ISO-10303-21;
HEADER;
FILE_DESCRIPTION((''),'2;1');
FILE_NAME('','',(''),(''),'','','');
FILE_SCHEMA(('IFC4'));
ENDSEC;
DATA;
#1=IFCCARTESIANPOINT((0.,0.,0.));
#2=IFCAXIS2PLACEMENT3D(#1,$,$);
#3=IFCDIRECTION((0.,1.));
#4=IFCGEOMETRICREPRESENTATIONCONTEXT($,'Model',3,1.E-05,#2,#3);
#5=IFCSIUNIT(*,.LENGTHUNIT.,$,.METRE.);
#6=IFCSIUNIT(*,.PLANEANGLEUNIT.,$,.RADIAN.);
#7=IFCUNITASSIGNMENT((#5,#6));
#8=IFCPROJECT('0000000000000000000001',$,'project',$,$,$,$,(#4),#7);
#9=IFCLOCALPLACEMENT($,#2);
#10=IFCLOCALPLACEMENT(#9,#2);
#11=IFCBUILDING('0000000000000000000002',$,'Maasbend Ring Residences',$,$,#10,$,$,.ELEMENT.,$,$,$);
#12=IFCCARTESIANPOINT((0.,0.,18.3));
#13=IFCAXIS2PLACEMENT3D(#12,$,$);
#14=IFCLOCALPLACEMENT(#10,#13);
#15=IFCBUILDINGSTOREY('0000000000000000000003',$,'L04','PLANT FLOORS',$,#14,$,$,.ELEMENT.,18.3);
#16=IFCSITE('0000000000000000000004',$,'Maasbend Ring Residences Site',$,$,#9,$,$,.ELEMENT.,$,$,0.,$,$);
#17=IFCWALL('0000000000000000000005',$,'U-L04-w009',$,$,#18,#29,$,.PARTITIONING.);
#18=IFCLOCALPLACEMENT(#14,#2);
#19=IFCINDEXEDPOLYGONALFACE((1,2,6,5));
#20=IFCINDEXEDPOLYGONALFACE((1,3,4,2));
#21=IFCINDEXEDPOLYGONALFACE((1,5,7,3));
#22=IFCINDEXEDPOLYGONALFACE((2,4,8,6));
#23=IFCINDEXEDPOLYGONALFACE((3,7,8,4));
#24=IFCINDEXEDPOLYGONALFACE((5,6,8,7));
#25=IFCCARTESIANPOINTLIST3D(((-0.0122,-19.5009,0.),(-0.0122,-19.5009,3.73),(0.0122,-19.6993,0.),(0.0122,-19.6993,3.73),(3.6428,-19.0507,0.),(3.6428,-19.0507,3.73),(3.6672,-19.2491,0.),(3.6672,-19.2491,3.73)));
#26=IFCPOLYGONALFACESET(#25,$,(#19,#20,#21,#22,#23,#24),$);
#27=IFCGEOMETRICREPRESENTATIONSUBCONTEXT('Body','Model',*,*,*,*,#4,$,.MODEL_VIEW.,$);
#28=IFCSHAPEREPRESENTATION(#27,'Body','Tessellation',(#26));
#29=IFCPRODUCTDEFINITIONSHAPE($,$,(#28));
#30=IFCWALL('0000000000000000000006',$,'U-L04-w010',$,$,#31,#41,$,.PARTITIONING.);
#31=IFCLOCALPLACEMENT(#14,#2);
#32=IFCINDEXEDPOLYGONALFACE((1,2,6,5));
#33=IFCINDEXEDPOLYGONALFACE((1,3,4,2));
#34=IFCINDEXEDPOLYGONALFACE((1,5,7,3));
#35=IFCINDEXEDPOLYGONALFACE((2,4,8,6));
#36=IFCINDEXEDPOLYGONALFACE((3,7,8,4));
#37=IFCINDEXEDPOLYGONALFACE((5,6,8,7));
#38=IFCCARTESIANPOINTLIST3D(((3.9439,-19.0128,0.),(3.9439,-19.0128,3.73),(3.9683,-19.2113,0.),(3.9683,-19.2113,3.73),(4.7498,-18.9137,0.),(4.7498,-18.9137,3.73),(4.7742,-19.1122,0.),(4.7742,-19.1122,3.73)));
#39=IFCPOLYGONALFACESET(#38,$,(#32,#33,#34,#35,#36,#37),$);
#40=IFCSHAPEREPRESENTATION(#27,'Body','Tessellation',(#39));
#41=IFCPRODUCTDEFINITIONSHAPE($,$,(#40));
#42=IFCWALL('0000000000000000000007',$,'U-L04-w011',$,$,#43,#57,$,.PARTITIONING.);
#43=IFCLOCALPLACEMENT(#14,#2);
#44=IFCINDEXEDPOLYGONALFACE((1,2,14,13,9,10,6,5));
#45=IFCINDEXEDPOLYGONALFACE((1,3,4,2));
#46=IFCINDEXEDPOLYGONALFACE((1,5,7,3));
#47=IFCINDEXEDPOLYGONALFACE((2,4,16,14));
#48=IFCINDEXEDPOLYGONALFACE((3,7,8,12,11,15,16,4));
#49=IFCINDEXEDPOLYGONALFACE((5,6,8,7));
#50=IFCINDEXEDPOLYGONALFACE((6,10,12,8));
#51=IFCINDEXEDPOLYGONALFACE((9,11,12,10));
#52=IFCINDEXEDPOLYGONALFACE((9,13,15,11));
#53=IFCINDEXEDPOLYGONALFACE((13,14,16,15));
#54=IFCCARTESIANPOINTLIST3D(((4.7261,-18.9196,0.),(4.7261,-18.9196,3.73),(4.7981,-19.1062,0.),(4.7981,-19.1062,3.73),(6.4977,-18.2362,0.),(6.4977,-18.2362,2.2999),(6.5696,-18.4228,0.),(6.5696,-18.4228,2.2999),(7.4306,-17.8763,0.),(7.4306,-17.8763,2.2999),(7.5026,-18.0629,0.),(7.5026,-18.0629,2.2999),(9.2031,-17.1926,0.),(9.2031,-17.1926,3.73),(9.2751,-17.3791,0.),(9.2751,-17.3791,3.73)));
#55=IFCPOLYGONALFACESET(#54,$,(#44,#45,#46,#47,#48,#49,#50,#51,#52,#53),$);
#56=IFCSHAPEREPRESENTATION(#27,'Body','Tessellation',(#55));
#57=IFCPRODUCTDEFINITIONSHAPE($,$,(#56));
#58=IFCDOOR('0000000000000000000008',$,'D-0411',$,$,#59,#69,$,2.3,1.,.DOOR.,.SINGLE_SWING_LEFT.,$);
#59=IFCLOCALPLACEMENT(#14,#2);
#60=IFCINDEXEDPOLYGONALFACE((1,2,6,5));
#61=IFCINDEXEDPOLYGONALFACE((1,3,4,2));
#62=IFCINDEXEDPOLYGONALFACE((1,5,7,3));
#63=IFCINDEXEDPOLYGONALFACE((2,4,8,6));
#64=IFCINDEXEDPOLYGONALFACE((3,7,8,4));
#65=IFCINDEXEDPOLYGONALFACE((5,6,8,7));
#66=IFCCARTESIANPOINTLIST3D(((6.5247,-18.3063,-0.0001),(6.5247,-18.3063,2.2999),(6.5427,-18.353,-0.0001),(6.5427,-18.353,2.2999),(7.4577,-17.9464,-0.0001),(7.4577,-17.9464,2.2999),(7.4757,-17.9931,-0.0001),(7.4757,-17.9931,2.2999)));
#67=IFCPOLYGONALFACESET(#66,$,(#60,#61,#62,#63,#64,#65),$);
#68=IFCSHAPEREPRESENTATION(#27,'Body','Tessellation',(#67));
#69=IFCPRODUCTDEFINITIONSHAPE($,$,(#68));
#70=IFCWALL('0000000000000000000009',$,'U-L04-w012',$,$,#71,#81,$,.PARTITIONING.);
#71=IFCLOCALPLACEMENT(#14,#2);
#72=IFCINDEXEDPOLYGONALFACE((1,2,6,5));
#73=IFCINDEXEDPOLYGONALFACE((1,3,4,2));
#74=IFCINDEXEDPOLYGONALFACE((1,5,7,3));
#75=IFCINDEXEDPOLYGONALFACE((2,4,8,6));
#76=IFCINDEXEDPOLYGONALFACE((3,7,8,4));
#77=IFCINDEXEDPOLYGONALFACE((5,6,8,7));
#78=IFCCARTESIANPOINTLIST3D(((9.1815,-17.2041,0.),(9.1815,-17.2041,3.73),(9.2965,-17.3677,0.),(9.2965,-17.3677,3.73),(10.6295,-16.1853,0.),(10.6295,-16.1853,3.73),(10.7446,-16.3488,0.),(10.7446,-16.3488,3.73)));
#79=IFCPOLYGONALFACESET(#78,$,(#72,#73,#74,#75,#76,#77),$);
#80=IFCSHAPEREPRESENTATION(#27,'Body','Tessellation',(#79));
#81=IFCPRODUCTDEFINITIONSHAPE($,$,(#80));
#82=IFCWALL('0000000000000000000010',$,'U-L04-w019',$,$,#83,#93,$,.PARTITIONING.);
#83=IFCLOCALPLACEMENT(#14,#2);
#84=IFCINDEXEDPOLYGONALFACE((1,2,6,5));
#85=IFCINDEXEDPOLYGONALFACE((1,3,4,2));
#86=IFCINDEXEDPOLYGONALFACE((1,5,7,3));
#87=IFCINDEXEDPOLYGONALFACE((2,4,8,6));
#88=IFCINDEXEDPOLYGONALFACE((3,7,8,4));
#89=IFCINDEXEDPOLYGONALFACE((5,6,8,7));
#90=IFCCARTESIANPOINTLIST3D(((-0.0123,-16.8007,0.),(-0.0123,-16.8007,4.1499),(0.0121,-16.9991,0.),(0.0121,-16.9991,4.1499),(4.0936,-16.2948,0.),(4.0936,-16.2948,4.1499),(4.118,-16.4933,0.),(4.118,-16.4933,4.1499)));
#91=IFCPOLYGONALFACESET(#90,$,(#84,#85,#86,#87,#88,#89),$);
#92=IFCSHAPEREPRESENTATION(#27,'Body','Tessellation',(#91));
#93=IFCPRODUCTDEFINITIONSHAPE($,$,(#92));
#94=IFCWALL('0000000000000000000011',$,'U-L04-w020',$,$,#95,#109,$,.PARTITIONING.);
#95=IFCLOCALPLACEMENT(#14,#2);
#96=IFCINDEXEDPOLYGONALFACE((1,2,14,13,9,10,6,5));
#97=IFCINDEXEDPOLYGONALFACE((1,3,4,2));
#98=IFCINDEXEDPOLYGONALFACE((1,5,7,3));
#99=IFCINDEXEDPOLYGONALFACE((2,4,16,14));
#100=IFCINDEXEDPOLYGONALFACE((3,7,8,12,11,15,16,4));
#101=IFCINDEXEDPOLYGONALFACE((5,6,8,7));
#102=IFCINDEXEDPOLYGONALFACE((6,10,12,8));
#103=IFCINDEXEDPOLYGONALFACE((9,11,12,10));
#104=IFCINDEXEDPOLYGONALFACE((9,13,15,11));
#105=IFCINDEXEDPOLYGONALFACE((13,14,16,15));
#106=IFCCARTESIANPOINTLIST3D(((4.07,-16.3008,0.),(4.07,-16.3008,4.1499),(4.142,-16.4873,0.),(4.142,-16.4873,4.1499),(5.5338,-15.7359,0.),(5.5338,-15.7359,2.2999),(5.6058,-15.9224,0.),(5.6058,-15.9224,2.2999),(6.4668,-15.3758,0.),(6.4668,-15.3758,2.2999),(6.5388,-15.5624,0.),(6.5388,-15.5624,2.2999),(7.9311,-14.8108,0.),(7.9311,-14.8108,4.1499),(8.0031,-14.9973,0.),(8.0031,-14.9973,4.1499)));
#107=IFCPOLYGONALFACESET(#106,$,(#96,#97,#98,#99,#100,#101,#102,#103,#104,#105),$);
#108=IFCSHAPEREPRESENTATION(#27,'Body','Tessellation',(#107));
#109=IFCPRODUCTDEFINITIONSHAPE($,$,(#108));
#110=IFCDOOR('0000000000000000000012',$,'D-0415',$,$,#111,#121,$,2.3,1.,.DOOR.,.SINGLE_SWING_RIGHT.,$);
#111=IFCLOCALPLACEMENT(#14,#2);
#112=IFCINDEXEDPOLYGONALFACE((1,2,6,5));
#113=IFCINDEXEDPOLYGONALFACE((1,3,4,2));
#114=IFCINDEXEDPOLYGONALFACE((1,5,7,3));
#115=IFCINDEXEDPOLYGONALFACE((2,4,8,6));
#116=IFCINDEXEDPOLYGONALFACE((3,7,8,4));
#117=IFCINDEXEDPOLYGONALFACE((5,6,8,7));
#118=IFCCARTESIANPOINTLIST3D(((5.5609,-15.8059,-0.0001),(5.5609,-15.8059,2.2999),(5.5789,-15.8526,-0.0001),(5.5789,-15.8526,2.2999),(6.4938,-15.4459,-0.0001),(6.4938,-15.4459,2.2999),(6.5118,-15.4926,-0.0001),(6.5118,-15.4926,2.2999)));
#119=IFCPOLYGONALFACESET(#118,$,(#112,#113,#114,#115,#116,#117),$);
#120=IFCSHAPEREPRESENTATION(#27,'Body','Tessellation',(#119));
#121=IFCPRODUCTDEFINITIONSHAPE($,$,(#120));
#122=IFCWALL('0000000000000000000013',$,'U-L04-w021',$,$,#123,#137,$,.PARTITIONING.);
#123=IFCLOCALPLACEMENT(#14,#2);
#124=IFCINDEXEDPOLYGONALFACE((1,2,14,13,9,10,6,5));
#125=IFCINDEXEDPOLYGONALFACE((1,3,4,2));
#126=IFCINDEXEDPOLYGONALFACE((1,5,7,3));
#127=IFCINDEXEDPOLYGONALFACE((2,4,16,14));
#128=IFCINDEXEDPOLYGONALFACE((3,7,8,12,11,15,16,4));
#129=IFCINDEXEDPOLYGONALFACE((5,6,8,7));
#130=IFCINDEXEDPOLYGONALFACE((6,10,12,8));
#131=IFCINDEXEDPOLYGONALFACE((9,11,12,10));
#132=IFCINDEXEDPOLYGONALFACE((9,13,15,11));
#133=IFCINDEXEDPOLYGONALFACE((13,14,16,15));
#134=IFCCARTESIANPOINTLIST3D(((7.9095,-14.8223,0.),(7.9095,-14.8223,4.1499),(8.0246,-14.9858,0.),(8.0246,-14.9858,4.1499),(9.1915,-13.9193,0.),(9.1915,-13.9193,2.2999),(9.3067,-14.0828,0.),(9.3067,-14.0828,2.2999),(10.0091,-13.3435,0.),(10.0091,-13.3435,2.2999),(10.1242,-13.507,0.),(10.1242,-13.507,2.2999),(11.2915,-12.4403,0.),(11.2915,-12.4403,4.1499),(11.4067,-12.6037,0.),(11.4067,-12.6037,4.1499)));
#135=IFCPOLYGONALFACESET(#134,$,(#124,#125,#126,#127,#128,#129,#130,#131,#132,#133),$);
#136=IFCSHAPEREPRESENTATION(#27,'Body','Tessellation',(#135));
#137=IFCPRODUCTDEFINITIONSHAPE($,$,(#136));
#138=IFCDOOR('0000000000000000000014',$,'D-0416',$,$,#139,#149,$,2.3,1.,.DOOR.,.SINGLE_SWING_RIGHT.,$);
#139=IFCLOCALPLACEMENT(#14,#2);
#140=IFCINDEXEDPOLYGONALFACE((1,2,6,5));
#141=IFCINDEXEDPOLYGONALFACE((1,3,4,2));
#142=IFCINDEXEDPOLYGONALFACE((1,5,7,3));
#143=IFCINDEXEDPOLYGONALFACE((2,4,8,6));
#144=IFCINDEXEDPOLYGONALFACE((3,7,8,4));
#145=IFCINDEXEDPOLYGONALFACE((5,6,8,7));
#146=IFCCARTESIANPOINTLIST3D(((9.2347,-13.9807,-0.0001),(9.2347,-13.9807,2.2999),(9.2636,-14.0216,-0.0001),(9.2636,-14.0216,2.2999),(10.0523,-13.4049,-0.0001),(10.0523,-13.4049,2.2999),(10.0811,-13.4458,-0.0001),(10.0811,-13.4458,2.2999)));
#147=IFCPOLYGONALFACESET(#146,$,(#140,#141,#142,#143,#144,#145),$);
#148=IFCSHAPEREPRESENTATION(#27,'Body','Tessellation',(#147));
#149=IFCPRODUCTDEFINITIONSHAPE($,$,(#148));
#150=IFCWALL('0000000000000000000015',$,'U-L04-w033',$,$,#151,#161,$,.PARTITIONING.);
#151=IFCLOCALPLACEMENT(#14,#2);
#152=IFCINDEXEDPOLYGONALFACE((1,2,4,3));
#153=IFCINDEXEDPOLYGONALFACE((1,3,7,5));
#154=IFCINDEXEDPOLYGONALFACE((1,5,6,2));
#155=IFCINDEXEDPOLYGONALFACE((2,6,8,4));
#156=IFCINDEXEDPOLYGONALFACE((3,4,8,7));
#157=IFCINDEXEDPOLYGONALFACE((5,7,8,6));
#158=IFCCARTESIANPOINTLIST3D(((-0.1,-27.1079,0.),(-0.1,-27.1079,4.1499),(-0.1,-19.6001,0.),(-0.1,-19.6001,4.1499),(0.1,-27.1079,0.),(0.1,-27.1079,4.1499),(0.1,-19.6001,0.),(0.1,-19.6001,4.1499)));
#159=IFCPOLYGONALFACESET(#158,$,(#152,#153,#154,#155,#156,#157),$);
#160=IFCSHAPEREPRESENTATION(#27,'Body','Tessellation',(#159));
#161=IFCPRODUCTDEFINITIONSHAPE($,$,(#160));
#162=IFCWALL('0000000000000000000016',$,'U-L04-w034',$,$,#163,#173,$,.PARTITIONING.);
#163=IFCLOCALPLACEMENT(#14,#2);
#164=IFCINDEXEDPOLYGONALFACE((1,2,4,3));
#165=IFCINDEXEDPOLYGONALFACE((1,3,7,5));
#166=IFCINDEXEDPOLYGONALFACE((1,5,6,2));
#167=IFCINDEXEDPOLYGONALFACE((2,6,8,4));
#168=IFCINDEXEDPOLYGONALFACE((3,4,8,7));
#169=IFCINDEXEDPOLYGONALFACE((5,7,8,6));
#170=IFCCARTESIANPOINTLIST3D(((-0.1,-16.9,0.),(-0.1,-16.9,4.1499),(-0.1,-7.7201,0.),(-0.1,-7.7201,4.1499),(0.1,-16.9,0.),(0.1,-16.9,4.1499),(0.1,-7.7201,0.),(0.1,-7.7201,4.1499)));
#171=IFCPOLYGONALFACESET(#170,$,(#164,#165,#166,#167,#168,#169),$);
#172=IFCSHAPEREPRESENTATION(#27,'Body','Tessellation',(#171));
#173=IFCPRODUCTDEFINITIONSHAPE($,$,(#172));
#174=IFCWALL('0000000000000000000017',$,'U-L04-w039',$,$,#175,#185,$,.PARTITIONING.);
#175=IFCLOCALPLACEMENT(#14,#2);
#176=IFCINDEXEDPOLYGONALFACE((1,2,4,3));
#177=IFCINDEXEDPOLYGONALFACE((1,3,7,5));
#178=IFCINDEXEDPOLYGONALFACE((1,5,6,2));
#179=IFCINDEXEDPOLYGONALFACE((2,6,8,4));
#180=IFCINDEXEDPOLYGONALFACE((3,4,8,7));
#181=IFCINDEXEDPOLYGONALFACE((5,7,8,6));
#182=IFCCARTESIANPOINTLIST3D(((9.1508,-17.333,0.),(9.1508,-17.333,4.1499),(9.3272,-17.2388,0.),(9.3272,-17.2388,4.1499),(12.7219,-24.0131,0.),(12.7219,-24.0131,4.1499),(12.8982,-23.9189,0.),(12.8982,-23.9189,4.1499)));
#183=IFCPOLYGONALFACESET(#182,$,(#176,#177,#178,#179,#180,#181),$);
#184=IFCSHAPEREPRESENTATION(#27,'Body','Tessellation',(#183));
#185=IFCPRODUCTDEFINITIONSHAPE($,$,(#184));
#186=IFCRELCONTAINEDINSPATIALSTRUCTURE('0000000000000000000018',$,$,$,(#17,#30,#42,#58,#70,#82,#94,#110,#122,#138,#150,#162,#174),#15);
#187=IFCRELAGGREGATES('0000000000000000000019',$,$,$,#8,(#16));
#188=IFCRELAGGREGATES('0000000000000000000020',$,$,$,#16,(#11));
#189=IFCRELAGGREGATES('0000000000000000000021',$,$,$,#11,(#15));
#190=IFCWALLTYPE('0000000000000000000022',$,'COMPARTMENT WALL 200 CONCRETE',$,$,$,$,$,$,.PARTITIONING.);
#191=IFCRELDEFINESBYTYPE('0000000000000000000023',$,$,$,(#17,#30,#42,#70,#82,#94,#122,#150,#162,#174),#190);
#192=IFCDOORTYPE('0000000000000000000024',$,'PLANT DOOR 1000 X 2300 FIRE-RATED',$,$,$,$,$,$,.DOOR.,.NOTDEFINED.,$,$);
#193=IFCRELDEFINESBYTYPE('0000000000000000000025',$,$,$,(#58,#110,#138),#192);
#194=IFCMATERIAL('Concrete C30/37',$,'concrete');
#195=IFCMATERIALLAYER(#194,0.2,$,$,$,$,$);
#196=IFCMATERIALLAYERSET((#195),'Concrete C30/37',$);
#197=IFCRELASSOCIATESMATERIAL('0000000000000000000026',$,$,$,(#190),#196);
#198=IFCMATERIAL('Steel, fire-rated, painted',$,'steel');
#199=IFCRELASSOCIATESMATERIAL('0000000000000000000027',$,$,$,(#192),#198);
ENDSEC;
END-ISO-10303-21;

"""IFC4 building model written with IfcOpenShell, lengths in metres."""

from ifc_helpers import new_model, si_unit, direction, frame, frame_2d, origin, place, context, subcontext, project, spatial, rectangle, extrude, material, layer, layer_set, type_object, element, fill, save


model = new_model("IFC4")

# Units and contexts
model_context = context("Model", 3, precision=1e-05, world=origin(), true_north=direction((0.0, 1.0)))
body_context = subcontext(model_context, "Body", "Model", "MODEL_VIEW")
ifc_project = project(units=[si_unit("LENGTHUNIT", "METRE"), si_unit("PLANEANGLEUNIT", "RADIAN")], contexts=[model_context])

# Site, building, storey
site_placement = place(None, origin())
site = spatial("IfcSite", under=ifc_project, at=site_placement, Name="Maasbend Ring Residences Site", CompositionType="ELEMENT", RefElevation=0.0)
building_placement = place(site_placement, origin())
building = spatial("IfcBuilding", under=site, at=building_placement, Name="Maasbend Ring Residences", CompositionType="ELEMENT")
storey_placement = place(building_placement, frame((0.0, 0.0, 18.3)))
storey = spatial("IfcBuildingStorey", under=building, at=storey_placement, Name="L04", Description="PLANT FLOORS", CompositionType="ELEMENT", Elevation=18.3)

# Walls
ifc_material_1 = material(Name="Concrete C30/37", Category="concrete")
ifc_layer_1 = layer(ifc_material_1, 0.2)
ifc_layer_set_1 = layer_set([ifc_layer_1], Name="Concrete C30/37")
wall_type_1 = type_object("IfcWallType", Name="COMPARTMENT WALL 200 CONCRETE", PredefinedType="PARTITIONING", material=ifc_layer_set_1)
wall_1_placement = place(storey_placement, frame((0.0, -19.6001, 0.0), z_axis=(0.0, 0.0, 1.0), x_axis=(0.9925, 0.122248, 0.0)))
element("IfcWall", 1, at=wall_1_placement, inside=storey, type_object=wall_type_1, Name="U-L04-w009", PredefinedType="PARTITIONING", context=body_context, shape_type="SweptSolid", body=[
    extrude(rectangle(XDim=3.6826, YDim=0.2, at=frame_2d((1.8413, 0.0))), origin(), (0.0, 0.0, 1.0), 3.73),
])
wall_2_placement = place(storey_placement, frame((3.9561, -19.1121, 0.0), z_axis=(0.0, 0.0, 1.0), x_axis=(0.992521, 0.122073, 0.0)))
element("IfcWall", 2, at=wall_2_placement, inside=storey, type_object=wall_type_1, Name="U-L04-w010", PredefinedType="PARTITIONING", context=body_context, shape_type="SweptSolid", body=[
    extrude(rectangle(XDim=0.812, YDim=0.2, at=frame_2d((0.406, 0.0))), origin(), (0.0, 0.0, 1.0), 3.73),
])

# Wall, opening, door
wall_3_placement = place(storey_placement, frame((4.762, -19.0129, 0.0), z_axis=(0.0, 0.0, 1.0), x_axis=(0.932988, 0.359906, 0.0)))
wall_3 = element("IfcWall", 3, at=wall_3_placement, inside=storey, type_object=wall_type_1, Name="U-L04-w011", PredefinedType="PARTITIONING", context=body_context, shape_type="SweptSolid", body=[
    extrude(rectangle(XDim=4.7986, YDim=0.2, at=frame_2d((2.3994, 0.0))), origin(), (0.0, 0.0, 1.0), 3.73),
])
opening_1_placement = place(wall_3_placement, frame((1.8989, 0.0, 0.0)))
opening_1 = element("IfcOpeningElement", 4, at=opening_1_placement, cuts=wall_3, PredefinedType="OPENING", context=body_context, shape_type="SweptSolid", body=[
    extrude(rectangle(XDim=1.0, YDim=2.3, at=frame_2d((0.5, 1.1499))), frame((0.0, 0.1099, 0.0), z_axis=(0.0, -1.0, 0.0), x_axis=(1.0, 0.0, 0.0)), (0.0, 0.0, 1.0), 0.22),
])
ifc_material_2 = material(Name="Steel, fire-rated, painted", Category="steel")
door_type = type_object("IfcDoorType", Name="PLANT DOOR 1000 X 2300 FIRE-RATED", OperationType="NOTDEFINED", PredefinedType="DOOR", material=ifc_material_2)
door_1_placement = place(opening_1_placement, origin())
door_1 = element("IfcDoor", 5, at=door_1_placement, inside=storey, type_object=door_type, Name="D-0411", OperationType="SINGLE_SWING_LEFT", OverallHeight=2.3, OverallWidth=1.0, PredefinedType="DOOR", context=body_context, shape_type="SweptSolid", body=[
    extrude(rectangle(XDim=1.0, YDim=2.3, at=frame_2d((0.5, 1.1499))), frame((0.0, 0.0249, 0.0), z_axis=(0.0, -1.0, 0.0), x_axis=(1.0, 0.0, 0.0)), (0.0, 0.0, 1.0), 0.05),
])
fill(opening_1, door_1)

# Walls
wall_4_placement = place(storey_placement, frame((9.239, -17.2859, 0.0), z_axis=(0.0, 0.0, 1.0), x_axis=(0.81785, 0.575432, 0.0)))
element("IfcWall", 6, at=wall_4_placement, inside=storey, type_object=wall_type_1, Name="U-L04-w012", PredefinedType="PARTITIONING", context=body_context, shape_type="SweptSolid", body=[
    extrude(rectangle(XDim=1.7705, YDim=0.2, at=frame_2d((0.8853, 0.0))), origin(), (0.0, 0.0, 1.0), 3.73),
])
wall_5_placement = place(storey_placement, frame((0.0, -16.8999, 0.0), z_axis=(0.0, 0.0, 1.0), x_axis=(0.992496, 0.122277, 0.0)))
element("IfcWall", 7, at=wall_5_placement, inside=storey, type_object=wall_type_1, Name="U-L04-w019", PredefinedType="PARTITIONING", context=body_context, shape_type="SweptSolid", body=[
    extrude(rectangle(XDim=4.137, YDim=0.2, at=frame_2d((2.0684, 0.0))), origin(), (0.0, 0.0, 1.0), 4.1499),
])

# Walls, openings, doors
wall_6_placement = place(storey_placement, frame((4.106, -16.394, 0.0), z_axis=(0.0, 0.0, 1.0), x_axis=(0.932944, 0.360022, 0.0)))
wall_6 = element("IfcWall", 8, at=wall_6_placement, inside=storey, type_object=wall_type_1, Name="U-L04-w020", PredefinedType="PARTITIONING", context=body_context, shape_type="SweptSolid", body=[
    extrude(rectangle(XDim=4.1387, YDim=0.2, at=frame_2d((2.0693, 0.0))), origin(), (0.0, 0.0, 1.0), 4.1499),
])
opening_2_placement = place(wall_6_placement, frame((1.5691, 0.0, 0.0)))
opening_2 = element("IfcOpeningElement", 9, at=opening_2_placement, cuts=wall_6, PredefinedType="OPENING", context=body_context, shape_type="SweptSolid", body=[
    extrude(rectangle(XDim=1.0, YDim=2.3, at=frame_2d((0.5, 1.1499))), frame((0.0, 0.1099, 0.0), z_axis=(0.0, -1.0, 0.0), x_axis=(1.0, 0.0, 0.0)), (0.0, 0.0, 1.0), 0.22),
])
door_2_placement = place(opening_2_placement, origin())
door_2 = element("IfcDoor", 10, at=door_2_placement, inside=storey, type_object=door_type, Name="D-0415", OperationType="SINGLE_SWING_RIGHT", OverallHeight=2.3, OverallWidth=1.0, PredefinedType="DOOR", context=body_context, shape_type="SweptSolid", body=[
    extrude(rectangle(XDim=1.0, YDim=2.3, at=frame_2d((0.5, 1.1499))), frame((0.0, 0.0249, 0.0), z_axis=(0.0, -1.0, 0.0), x_axis=(1.0, 0.0, 0.0)), (0.0, 0.0, 1.0), 0.05),
])
fill(opening_2, door_2)
wall_7_placement = place(storey_placement, frame((7.967, -14.9041, 0.0), z_axis=(0.0, 0.0, 1.0), x_axis=(0.817568, 0.575833, 0.0)))
wall_7 = element("IfcWall", 11, at=wall_7_placement, inside=storey, type_object=wall_type_1, Name="U-L04-w021", PredefinedType="PARTITIONING", context=body_context, shape_type="SweptSolid", body=[
    extrude(rectangle(XDim=4.1367, YDim=0.2, at=frame_2d((2.0684, 0.0))), origin(), (0.0, 0.0, 1.0), 4.1499),
])
opening_3_placement = place(wall_7_placement, frame((1.5681, 0.0, 0.0)))
opening_3 = element("IfcOpeningElement", 12, at=opening_3_placement, cuts=wall_7, PredefinedType="OPENING", context=body_context, shape_type="SweptSolid", body=[
    extrude(rectangle(XDim=1.0, YDim=2.3, at=frame_2d((0.5, 1.1499))), frame((0.0, 0.1099, 0.0), z_axis=(0.0, -1.0, 0.0), x_axis=(1.0, 0.0, 0.0)), (0.0, 0.0, 1.0), 0.22),
])
door_3_placement = place(opening_3_placement, origin())
door_3 = element("IfcDoor", 13, at=door_3_placement, inside=storey, type_object=door_type, Name="D-0416", OperationType="SINGLE_SWING_RIGHT", OverallHeight=2.3, OverallWidth=1.0, PredefinedType="DOOR", context=body_context, shape_type="SweptSolid", body=[
    extrude(rectangle(XDim=1.0, YDim=2.3, at=frame_2d((0.5, 1.1499))), frame((0.0, 0.0249, 0.0), z_axis=(0.0, -1.0, 0.0), x_axis=(1.0, 0.0, 0.0)), (0.0, 0.0, 1.0), 0.05),
])
fill(opening_3, door_3)

# Walls
wall_8_placement = place(storey_placement, frame((0.0, -27.1079, 0.0), z_axis=(0.0, 0.0, 1.0), x_axis=(0.0, 1.0, 0.0)))
element("IfcWall", 14, at=wall_8_placement, inside=storey, type_object=wall_type_1, Name="U-L04-w033", PredefinedType="PARTITIONING", context=body_context, shape_type="SweptSolid", body=[
    extrude(rectangle(XDim=7.5078, YDim=0.2, at=frame_2d((3.7539, 0.0))), origin(), (0.0, 0.0, 1.0), 4.1499),
])
wall_9_placement = place(storey_placement, frame((0.0, -16.8999, 0.0), z_axis=(0.0, 0.0, 1.0), x_axis=(0.0, 1.0, 0.0)))
element("IfcWall", 15, at=wall_9_placement, inside=storey, type_object=wall_type_1, Name="U-L04-w034", PredefinedType="PARTITIONING", context=body_context, shape_type="SweptSolid", body=[
    extrude(rectangle(XDim=9.1799, YDim=0.2, at=frame_2d((4.5898, 0.0))), origin(), (0.0, 0.0, 1.0), 4.1499),
])
wall_10_placement = place(storey_placement, frame((9.239, -17.2859, 0.0), z_axis=(0.0, 0.0, 1.0), x_axis=(0.47144, -0.881898, 0.0)))
element("IfcWall", 16, at=wall_10_placement, inside=storey, type_object=wall_type_1, Name="U-L04-w039", PredefinedType="PARTITIONING", context=body_context, shape_type="SweptSolid", body=[
    extrude(rectangle(XDim=7.5747, YDim=0.2, at=frame_2d((3.7874, 0.0))), origin(), (0.0, 0.0, 1.0), 4.1499),
])

save(model, "model.ifc")
